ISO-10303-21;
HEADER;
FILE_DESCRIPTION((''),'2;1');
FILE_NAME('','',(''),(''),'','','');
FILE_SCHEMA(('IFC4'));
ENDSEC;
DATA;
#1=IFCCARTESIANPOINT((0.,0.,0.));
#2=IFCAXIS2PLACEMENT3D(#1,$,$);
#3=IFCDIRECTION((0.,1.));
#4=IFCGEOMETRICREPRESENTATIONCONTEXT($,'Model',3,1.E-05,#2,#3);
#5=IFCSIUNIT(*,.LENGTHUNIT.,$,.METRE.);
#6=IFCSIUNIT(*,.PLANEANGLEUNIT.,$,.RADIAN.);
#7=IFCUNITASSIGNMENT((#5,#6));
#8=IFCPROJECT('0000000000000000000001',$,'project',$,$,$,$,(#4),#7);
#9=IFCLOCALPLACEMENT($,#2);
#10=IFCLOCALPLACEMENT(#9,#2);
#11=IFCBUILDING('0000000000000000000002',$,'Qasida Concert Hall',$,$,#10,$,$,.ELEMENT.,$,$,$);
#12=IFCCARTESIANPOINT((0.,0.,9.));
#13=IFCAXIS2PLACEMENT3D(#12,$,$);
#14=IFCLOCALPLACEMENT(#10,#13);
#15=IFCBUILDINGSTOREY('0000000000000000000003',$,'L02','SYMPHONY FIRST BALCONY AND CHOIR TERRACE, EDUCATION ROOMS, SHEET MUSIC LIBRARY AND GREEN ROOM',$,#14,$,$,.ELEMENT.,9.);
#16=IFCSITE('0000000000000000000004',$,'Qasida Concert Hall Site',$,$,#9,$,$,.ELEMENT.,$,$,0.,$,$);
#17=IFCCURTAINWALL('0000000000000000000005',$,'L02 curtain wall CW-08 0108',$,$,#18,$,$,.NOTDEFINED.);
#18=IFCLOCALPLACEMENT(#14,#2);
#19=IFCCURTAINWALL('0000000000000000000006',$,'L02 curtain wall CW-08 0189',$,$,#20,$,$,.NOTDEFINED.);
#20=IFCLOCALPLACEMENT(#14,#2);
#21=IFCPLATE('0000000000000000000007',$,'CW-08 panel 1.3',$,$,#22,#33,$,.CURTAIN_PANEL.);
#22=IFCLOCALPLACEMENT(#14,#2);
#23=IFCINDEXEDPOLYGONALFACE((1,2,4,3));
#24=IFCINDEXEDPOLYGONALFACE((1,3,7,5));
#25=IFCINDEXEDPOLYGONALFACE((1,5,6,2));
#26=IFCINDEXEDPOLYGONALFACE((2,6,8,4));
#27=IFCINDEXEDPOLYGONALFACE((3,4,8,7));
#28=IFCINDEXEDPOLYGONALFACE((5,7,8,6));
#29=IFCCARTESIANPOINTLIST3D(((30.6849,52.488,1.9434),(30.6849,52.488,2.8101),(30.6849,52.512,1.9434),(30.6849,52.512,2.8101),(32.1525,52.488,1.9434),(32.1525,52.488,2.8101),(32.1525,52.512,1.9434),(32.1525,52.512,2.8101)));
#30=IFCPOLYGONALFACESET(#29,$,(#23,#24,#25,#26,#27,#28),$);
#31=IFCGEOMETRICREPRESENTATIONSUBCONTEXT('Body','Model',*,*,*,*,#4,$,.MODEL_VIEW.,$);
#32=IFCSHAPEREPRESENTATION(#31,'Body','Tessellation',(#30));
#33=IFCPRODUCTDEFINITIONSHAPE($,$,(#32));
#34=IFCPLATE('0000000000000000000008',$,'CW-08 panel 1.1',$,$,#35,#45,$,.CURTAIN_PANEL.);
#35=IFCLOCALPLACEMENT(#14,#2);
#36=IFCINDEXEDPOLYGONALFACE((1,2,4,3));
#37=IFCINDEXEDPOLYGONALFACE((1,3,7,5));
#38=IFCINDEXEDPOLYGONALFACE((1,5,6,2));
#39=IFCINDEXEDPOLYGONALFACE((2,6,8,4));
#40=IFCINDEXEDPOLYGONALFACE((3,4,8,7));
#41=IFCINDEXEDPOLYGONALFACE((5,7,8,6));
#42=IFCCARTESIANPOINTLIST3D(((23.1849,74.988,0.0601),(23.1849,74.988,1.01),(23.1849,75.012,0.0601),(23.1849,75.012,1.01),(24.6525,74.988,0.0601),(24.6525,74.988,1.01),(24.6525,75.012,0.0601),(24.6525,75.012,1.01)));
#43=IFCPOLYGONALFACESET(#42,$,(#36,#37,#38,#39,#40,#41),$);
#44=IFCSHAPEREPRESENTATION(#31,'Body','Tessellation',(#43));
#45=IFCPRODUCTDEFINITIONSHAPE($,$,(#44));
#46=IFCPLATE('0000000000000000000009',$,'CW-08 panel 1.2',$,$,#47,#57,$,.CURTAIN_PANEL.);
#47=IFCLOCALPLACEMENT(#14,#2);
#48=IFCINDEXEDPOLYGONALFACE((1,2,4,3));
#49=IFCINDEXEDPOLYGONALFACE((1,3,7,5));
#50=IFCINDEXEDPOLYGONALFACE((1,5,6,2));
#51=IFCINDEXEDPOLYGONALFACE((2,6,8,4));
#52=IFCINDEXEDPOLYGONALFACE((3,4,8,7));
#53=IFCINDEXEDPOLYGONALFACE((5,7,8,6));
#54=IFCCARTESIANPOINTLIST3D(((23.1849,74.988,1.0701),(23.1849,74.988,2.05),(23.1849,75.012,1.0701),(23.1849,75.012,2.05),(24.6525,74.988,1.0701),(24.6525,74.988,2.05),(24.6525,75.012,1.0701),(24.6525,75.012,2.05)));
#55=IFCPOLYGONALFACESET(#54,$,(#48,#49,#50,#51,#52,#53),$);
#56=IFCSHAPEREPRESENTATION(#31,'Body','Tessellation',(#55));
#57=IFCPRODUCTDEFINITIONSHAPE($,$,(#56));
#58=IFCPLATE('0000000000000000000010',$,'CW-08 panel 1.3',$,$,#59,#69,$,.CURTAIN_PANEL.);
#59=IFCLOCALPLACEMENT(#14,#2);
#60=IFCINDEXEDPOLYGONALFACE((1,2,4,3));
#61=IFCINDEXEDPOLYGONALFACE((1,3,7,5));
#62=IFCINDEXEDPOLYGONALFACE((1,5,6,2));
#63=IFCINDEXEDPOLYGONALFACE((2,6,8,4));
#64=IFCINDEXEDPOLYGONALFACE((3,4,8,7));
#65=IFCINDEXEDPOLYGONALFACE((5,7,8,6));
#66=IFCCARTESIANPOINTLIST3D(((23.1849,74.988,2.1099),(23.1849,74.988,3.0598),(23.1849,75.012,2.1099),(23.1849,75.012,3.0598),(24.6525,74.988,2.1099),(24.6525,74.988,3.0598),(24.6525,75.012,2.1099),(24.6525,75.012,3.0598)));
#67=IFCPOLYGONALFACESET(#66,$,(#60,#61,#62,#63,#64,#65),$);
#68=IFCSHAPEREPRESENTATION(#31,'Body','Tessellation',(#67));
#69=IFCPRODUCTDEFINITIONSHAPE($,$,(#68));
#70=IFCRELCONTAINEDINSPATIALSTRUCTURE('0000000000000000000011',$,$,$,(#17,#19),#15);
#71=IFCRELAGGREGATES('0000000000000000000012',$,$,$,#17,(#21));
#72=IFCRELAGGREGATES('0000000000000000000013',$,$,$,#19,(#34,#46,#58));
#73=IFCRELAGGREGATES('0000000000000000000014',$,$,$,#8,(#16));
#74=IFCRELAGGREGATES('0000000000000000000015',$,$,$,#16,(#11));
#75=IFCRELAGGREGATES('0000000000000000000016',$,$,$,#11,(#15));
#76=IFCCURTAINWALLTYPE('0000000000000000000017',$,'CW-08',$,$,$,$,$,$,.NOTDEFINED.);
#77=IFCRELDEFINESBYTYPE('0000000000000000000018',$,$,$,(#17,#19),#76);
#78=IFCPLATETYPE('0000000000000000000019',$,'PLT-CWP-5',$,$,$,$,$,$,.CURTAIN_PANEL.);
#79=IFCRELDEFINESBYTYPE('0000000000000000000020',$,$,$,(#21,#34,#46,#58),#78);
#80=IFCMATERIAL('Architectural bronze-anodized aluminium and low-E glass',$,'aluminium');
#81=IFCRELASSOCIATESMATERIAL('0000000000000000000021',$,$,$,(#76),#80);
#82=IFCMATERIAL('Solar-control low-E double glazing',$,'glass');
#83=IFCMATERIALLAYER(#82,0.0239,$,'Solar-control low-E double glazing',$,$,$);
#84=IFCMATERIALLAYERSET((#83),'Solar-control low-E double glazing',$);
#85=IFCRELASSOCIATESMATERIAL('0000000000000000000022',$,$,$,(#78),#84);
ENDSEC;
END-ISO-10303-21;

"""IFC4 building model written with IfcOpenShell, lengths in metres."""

from ifc_helpers import new_model, si_unit, direction, frame, origin, origin_2d, place, context, subcontext, project, spatial, rectangle, extrude, material, layer, layer_set, type_object, element, aggregate, save


model = new_model("IFC4")

# Units and contexts
model_context = context("Model", 3, precision=1e-05, world=origin(), true_north=direction((0.0, 1.0)))
body_context = subcontext(model_context, "Body", "Model", "MODEL_VIEW")
ifc_project = project(units=[si_unit("LENGTHUNIT", "METRE"), si_unit("PLANEANGLEUNIT", "RADIAN")], contexts=[model_context])

# Site, building, storey
site_placement = place(None, origin())
site = spatial("IfcSite", under=ifc_project, at=site_placement, Name="Qasida Concert Hall Site", CompositionType="ELEMENT", RefElevation=0.0)
building_placement = place(site_placement, origin())
building = spatial("IfcBuilding", under=site, at=building_placement, Name="Qasida Concert Hall", CompositionType="ELEMENT")
storey_placement = place(building_placement, frame((0.0, 0.0, 9.0)))
storey = spatial("IfcBuildingStorey", under=building, at=storey_placement, Name="L02", Description="SYMPHONY FIRST BALCONY AND CHOIR TERRACE, EDUCATION ROOMS, SHEET MUSIC LIBRARY AND GREEN ROOM", CompositionType="ELEMENT", Elevation=9.0)

# Shared definitions
ifc_material_1 = material(Name="Architectural bronze-anodized aluminium and low-E glass", Category="aluminium")
curtain_wall_type = type_object("IfcCurtainWallType", Name="CW-08", PredefinedType="NOTDEFINED", material=ifc_material_1)

# Curtain wall
curtain_wall_1_placement = place(storey_placement, origin())
curtain_wall_1 = element("IfcCurtainWall", 1, at=curtain_wall_1_placement, inside=storey, type_object=curtain_wall_type, Name="L02 curtain wall CW-08 0108", PredefinedType="NOTDEFINED")

# Curtain wall
curtain_wall_2_placement = place(storey_placement, origin())
curtain_wall_2 = element("IfcCurtainWall", 2, at=curtain_wall_2_placement, inside=storey, type_object=curtain_wall_type, Name="L02 curtain wall CW-08 0189", PredefinedType="NOTDEFINED")

# Plates
ifc_material_2 = material(Name="Solar-control low-E double glazing", Category="glass")
ifc_layer = layer(ifc_material_2, 0.0239, Name="Solar-control low-E double glazing")
ifc_layer_set = layer_set([ifc_layer], Name="Solar-control low-E double glazing")
plate_type = type_object("IfcPlateType", Name="PLT-CWP-5", PredefinedType="CURTAIN_PANEL", material=ifc_layer_set)
plate_1_placement = place(storey_placement, frame((31.4187, 52.5, 1.9434), z_axis=(0.0, 0.0, 1.0), x_axis=(1.0, 0.0, 0.0)))
plate_1 = element("IfcPlate", 3, at=plate_1_placement, type_object=plate_type, Name="CW-08 panel 1.3", PredefinedType="CURTAIN_PANEL", context=body_context, shape_type="SweptSolid", body=[
    extrude(rectangle(XDim=1.4675, YDim=0.0239, at=origin_2d()), origin(), (0.0, 0.0, 1.0), 0.8667),
])
aggregate(curtain_wall_1, [plate_1])
plate_2_placement = place(storey_placement, frame((23.9187, 75.0, 0.0601), z_axis=(0.0, 0.0, 1.0), x_axis=(1.0, 0.0, 0.0)))
plate_2 = element("IfcPlate", 4, at=plate_2_placement, type_object=plate_type, Name="CW-08 panel 1.1", PredefinedType="CURTAIN_PANEL", context=body_context, shape_type="SweptSolid", body=[
    extrude(rectangle(XDim=1.4675, YDim=0.0239, at=origin_2d()), origin(), (0.0, 0.0, 1.0), 0.95),
])
plate_3_placement = place(storey_placement, frame((23.9187, 75.0, 1.0701), z_axis=(0.0, 0.0, 1.0), x_axis=(1.0, 0.0, 0.0)))
plate_3 = element("IfcPlate", 5, at=plate_3_placement, type_object=plate_type, Name="CW-08 panel 1.2", PredefinedType="CURTAIN_PANEL", context=body_context, shape_type="SweptSolid", body=[
    extrude(rectangle(XDim=1.4675, YDim=0.0239, at=origin_2d()), origin(), (0.0, 0.0, 1.0), 0.98),
])
plate_4_placement = place(storey_placement, frame((23.9187, 75.0, 2.1099), z_axis=(0.0, 0.0, 1.0), x_axis=(1.0, 0.0, 0.0)))
plate_4 = element("IfcPlate", 6, at=plate_4_placement, type_object=plate_type, Name="CW-08 panel 1.3", PredefinedType="CURTAIN_PANEL", context=body_context, shape_type="SweptSolid", body=[
    extrude(rectangle(XDim=1.4675, YDim=0.0239, at=origin_2d()), origin(), (0.0, 0.0, 1.0), 0.95),
])
aggregate(curtain_wall_2, [plate_2, plate_3, plate_4])

save(model, "model.ifc")
